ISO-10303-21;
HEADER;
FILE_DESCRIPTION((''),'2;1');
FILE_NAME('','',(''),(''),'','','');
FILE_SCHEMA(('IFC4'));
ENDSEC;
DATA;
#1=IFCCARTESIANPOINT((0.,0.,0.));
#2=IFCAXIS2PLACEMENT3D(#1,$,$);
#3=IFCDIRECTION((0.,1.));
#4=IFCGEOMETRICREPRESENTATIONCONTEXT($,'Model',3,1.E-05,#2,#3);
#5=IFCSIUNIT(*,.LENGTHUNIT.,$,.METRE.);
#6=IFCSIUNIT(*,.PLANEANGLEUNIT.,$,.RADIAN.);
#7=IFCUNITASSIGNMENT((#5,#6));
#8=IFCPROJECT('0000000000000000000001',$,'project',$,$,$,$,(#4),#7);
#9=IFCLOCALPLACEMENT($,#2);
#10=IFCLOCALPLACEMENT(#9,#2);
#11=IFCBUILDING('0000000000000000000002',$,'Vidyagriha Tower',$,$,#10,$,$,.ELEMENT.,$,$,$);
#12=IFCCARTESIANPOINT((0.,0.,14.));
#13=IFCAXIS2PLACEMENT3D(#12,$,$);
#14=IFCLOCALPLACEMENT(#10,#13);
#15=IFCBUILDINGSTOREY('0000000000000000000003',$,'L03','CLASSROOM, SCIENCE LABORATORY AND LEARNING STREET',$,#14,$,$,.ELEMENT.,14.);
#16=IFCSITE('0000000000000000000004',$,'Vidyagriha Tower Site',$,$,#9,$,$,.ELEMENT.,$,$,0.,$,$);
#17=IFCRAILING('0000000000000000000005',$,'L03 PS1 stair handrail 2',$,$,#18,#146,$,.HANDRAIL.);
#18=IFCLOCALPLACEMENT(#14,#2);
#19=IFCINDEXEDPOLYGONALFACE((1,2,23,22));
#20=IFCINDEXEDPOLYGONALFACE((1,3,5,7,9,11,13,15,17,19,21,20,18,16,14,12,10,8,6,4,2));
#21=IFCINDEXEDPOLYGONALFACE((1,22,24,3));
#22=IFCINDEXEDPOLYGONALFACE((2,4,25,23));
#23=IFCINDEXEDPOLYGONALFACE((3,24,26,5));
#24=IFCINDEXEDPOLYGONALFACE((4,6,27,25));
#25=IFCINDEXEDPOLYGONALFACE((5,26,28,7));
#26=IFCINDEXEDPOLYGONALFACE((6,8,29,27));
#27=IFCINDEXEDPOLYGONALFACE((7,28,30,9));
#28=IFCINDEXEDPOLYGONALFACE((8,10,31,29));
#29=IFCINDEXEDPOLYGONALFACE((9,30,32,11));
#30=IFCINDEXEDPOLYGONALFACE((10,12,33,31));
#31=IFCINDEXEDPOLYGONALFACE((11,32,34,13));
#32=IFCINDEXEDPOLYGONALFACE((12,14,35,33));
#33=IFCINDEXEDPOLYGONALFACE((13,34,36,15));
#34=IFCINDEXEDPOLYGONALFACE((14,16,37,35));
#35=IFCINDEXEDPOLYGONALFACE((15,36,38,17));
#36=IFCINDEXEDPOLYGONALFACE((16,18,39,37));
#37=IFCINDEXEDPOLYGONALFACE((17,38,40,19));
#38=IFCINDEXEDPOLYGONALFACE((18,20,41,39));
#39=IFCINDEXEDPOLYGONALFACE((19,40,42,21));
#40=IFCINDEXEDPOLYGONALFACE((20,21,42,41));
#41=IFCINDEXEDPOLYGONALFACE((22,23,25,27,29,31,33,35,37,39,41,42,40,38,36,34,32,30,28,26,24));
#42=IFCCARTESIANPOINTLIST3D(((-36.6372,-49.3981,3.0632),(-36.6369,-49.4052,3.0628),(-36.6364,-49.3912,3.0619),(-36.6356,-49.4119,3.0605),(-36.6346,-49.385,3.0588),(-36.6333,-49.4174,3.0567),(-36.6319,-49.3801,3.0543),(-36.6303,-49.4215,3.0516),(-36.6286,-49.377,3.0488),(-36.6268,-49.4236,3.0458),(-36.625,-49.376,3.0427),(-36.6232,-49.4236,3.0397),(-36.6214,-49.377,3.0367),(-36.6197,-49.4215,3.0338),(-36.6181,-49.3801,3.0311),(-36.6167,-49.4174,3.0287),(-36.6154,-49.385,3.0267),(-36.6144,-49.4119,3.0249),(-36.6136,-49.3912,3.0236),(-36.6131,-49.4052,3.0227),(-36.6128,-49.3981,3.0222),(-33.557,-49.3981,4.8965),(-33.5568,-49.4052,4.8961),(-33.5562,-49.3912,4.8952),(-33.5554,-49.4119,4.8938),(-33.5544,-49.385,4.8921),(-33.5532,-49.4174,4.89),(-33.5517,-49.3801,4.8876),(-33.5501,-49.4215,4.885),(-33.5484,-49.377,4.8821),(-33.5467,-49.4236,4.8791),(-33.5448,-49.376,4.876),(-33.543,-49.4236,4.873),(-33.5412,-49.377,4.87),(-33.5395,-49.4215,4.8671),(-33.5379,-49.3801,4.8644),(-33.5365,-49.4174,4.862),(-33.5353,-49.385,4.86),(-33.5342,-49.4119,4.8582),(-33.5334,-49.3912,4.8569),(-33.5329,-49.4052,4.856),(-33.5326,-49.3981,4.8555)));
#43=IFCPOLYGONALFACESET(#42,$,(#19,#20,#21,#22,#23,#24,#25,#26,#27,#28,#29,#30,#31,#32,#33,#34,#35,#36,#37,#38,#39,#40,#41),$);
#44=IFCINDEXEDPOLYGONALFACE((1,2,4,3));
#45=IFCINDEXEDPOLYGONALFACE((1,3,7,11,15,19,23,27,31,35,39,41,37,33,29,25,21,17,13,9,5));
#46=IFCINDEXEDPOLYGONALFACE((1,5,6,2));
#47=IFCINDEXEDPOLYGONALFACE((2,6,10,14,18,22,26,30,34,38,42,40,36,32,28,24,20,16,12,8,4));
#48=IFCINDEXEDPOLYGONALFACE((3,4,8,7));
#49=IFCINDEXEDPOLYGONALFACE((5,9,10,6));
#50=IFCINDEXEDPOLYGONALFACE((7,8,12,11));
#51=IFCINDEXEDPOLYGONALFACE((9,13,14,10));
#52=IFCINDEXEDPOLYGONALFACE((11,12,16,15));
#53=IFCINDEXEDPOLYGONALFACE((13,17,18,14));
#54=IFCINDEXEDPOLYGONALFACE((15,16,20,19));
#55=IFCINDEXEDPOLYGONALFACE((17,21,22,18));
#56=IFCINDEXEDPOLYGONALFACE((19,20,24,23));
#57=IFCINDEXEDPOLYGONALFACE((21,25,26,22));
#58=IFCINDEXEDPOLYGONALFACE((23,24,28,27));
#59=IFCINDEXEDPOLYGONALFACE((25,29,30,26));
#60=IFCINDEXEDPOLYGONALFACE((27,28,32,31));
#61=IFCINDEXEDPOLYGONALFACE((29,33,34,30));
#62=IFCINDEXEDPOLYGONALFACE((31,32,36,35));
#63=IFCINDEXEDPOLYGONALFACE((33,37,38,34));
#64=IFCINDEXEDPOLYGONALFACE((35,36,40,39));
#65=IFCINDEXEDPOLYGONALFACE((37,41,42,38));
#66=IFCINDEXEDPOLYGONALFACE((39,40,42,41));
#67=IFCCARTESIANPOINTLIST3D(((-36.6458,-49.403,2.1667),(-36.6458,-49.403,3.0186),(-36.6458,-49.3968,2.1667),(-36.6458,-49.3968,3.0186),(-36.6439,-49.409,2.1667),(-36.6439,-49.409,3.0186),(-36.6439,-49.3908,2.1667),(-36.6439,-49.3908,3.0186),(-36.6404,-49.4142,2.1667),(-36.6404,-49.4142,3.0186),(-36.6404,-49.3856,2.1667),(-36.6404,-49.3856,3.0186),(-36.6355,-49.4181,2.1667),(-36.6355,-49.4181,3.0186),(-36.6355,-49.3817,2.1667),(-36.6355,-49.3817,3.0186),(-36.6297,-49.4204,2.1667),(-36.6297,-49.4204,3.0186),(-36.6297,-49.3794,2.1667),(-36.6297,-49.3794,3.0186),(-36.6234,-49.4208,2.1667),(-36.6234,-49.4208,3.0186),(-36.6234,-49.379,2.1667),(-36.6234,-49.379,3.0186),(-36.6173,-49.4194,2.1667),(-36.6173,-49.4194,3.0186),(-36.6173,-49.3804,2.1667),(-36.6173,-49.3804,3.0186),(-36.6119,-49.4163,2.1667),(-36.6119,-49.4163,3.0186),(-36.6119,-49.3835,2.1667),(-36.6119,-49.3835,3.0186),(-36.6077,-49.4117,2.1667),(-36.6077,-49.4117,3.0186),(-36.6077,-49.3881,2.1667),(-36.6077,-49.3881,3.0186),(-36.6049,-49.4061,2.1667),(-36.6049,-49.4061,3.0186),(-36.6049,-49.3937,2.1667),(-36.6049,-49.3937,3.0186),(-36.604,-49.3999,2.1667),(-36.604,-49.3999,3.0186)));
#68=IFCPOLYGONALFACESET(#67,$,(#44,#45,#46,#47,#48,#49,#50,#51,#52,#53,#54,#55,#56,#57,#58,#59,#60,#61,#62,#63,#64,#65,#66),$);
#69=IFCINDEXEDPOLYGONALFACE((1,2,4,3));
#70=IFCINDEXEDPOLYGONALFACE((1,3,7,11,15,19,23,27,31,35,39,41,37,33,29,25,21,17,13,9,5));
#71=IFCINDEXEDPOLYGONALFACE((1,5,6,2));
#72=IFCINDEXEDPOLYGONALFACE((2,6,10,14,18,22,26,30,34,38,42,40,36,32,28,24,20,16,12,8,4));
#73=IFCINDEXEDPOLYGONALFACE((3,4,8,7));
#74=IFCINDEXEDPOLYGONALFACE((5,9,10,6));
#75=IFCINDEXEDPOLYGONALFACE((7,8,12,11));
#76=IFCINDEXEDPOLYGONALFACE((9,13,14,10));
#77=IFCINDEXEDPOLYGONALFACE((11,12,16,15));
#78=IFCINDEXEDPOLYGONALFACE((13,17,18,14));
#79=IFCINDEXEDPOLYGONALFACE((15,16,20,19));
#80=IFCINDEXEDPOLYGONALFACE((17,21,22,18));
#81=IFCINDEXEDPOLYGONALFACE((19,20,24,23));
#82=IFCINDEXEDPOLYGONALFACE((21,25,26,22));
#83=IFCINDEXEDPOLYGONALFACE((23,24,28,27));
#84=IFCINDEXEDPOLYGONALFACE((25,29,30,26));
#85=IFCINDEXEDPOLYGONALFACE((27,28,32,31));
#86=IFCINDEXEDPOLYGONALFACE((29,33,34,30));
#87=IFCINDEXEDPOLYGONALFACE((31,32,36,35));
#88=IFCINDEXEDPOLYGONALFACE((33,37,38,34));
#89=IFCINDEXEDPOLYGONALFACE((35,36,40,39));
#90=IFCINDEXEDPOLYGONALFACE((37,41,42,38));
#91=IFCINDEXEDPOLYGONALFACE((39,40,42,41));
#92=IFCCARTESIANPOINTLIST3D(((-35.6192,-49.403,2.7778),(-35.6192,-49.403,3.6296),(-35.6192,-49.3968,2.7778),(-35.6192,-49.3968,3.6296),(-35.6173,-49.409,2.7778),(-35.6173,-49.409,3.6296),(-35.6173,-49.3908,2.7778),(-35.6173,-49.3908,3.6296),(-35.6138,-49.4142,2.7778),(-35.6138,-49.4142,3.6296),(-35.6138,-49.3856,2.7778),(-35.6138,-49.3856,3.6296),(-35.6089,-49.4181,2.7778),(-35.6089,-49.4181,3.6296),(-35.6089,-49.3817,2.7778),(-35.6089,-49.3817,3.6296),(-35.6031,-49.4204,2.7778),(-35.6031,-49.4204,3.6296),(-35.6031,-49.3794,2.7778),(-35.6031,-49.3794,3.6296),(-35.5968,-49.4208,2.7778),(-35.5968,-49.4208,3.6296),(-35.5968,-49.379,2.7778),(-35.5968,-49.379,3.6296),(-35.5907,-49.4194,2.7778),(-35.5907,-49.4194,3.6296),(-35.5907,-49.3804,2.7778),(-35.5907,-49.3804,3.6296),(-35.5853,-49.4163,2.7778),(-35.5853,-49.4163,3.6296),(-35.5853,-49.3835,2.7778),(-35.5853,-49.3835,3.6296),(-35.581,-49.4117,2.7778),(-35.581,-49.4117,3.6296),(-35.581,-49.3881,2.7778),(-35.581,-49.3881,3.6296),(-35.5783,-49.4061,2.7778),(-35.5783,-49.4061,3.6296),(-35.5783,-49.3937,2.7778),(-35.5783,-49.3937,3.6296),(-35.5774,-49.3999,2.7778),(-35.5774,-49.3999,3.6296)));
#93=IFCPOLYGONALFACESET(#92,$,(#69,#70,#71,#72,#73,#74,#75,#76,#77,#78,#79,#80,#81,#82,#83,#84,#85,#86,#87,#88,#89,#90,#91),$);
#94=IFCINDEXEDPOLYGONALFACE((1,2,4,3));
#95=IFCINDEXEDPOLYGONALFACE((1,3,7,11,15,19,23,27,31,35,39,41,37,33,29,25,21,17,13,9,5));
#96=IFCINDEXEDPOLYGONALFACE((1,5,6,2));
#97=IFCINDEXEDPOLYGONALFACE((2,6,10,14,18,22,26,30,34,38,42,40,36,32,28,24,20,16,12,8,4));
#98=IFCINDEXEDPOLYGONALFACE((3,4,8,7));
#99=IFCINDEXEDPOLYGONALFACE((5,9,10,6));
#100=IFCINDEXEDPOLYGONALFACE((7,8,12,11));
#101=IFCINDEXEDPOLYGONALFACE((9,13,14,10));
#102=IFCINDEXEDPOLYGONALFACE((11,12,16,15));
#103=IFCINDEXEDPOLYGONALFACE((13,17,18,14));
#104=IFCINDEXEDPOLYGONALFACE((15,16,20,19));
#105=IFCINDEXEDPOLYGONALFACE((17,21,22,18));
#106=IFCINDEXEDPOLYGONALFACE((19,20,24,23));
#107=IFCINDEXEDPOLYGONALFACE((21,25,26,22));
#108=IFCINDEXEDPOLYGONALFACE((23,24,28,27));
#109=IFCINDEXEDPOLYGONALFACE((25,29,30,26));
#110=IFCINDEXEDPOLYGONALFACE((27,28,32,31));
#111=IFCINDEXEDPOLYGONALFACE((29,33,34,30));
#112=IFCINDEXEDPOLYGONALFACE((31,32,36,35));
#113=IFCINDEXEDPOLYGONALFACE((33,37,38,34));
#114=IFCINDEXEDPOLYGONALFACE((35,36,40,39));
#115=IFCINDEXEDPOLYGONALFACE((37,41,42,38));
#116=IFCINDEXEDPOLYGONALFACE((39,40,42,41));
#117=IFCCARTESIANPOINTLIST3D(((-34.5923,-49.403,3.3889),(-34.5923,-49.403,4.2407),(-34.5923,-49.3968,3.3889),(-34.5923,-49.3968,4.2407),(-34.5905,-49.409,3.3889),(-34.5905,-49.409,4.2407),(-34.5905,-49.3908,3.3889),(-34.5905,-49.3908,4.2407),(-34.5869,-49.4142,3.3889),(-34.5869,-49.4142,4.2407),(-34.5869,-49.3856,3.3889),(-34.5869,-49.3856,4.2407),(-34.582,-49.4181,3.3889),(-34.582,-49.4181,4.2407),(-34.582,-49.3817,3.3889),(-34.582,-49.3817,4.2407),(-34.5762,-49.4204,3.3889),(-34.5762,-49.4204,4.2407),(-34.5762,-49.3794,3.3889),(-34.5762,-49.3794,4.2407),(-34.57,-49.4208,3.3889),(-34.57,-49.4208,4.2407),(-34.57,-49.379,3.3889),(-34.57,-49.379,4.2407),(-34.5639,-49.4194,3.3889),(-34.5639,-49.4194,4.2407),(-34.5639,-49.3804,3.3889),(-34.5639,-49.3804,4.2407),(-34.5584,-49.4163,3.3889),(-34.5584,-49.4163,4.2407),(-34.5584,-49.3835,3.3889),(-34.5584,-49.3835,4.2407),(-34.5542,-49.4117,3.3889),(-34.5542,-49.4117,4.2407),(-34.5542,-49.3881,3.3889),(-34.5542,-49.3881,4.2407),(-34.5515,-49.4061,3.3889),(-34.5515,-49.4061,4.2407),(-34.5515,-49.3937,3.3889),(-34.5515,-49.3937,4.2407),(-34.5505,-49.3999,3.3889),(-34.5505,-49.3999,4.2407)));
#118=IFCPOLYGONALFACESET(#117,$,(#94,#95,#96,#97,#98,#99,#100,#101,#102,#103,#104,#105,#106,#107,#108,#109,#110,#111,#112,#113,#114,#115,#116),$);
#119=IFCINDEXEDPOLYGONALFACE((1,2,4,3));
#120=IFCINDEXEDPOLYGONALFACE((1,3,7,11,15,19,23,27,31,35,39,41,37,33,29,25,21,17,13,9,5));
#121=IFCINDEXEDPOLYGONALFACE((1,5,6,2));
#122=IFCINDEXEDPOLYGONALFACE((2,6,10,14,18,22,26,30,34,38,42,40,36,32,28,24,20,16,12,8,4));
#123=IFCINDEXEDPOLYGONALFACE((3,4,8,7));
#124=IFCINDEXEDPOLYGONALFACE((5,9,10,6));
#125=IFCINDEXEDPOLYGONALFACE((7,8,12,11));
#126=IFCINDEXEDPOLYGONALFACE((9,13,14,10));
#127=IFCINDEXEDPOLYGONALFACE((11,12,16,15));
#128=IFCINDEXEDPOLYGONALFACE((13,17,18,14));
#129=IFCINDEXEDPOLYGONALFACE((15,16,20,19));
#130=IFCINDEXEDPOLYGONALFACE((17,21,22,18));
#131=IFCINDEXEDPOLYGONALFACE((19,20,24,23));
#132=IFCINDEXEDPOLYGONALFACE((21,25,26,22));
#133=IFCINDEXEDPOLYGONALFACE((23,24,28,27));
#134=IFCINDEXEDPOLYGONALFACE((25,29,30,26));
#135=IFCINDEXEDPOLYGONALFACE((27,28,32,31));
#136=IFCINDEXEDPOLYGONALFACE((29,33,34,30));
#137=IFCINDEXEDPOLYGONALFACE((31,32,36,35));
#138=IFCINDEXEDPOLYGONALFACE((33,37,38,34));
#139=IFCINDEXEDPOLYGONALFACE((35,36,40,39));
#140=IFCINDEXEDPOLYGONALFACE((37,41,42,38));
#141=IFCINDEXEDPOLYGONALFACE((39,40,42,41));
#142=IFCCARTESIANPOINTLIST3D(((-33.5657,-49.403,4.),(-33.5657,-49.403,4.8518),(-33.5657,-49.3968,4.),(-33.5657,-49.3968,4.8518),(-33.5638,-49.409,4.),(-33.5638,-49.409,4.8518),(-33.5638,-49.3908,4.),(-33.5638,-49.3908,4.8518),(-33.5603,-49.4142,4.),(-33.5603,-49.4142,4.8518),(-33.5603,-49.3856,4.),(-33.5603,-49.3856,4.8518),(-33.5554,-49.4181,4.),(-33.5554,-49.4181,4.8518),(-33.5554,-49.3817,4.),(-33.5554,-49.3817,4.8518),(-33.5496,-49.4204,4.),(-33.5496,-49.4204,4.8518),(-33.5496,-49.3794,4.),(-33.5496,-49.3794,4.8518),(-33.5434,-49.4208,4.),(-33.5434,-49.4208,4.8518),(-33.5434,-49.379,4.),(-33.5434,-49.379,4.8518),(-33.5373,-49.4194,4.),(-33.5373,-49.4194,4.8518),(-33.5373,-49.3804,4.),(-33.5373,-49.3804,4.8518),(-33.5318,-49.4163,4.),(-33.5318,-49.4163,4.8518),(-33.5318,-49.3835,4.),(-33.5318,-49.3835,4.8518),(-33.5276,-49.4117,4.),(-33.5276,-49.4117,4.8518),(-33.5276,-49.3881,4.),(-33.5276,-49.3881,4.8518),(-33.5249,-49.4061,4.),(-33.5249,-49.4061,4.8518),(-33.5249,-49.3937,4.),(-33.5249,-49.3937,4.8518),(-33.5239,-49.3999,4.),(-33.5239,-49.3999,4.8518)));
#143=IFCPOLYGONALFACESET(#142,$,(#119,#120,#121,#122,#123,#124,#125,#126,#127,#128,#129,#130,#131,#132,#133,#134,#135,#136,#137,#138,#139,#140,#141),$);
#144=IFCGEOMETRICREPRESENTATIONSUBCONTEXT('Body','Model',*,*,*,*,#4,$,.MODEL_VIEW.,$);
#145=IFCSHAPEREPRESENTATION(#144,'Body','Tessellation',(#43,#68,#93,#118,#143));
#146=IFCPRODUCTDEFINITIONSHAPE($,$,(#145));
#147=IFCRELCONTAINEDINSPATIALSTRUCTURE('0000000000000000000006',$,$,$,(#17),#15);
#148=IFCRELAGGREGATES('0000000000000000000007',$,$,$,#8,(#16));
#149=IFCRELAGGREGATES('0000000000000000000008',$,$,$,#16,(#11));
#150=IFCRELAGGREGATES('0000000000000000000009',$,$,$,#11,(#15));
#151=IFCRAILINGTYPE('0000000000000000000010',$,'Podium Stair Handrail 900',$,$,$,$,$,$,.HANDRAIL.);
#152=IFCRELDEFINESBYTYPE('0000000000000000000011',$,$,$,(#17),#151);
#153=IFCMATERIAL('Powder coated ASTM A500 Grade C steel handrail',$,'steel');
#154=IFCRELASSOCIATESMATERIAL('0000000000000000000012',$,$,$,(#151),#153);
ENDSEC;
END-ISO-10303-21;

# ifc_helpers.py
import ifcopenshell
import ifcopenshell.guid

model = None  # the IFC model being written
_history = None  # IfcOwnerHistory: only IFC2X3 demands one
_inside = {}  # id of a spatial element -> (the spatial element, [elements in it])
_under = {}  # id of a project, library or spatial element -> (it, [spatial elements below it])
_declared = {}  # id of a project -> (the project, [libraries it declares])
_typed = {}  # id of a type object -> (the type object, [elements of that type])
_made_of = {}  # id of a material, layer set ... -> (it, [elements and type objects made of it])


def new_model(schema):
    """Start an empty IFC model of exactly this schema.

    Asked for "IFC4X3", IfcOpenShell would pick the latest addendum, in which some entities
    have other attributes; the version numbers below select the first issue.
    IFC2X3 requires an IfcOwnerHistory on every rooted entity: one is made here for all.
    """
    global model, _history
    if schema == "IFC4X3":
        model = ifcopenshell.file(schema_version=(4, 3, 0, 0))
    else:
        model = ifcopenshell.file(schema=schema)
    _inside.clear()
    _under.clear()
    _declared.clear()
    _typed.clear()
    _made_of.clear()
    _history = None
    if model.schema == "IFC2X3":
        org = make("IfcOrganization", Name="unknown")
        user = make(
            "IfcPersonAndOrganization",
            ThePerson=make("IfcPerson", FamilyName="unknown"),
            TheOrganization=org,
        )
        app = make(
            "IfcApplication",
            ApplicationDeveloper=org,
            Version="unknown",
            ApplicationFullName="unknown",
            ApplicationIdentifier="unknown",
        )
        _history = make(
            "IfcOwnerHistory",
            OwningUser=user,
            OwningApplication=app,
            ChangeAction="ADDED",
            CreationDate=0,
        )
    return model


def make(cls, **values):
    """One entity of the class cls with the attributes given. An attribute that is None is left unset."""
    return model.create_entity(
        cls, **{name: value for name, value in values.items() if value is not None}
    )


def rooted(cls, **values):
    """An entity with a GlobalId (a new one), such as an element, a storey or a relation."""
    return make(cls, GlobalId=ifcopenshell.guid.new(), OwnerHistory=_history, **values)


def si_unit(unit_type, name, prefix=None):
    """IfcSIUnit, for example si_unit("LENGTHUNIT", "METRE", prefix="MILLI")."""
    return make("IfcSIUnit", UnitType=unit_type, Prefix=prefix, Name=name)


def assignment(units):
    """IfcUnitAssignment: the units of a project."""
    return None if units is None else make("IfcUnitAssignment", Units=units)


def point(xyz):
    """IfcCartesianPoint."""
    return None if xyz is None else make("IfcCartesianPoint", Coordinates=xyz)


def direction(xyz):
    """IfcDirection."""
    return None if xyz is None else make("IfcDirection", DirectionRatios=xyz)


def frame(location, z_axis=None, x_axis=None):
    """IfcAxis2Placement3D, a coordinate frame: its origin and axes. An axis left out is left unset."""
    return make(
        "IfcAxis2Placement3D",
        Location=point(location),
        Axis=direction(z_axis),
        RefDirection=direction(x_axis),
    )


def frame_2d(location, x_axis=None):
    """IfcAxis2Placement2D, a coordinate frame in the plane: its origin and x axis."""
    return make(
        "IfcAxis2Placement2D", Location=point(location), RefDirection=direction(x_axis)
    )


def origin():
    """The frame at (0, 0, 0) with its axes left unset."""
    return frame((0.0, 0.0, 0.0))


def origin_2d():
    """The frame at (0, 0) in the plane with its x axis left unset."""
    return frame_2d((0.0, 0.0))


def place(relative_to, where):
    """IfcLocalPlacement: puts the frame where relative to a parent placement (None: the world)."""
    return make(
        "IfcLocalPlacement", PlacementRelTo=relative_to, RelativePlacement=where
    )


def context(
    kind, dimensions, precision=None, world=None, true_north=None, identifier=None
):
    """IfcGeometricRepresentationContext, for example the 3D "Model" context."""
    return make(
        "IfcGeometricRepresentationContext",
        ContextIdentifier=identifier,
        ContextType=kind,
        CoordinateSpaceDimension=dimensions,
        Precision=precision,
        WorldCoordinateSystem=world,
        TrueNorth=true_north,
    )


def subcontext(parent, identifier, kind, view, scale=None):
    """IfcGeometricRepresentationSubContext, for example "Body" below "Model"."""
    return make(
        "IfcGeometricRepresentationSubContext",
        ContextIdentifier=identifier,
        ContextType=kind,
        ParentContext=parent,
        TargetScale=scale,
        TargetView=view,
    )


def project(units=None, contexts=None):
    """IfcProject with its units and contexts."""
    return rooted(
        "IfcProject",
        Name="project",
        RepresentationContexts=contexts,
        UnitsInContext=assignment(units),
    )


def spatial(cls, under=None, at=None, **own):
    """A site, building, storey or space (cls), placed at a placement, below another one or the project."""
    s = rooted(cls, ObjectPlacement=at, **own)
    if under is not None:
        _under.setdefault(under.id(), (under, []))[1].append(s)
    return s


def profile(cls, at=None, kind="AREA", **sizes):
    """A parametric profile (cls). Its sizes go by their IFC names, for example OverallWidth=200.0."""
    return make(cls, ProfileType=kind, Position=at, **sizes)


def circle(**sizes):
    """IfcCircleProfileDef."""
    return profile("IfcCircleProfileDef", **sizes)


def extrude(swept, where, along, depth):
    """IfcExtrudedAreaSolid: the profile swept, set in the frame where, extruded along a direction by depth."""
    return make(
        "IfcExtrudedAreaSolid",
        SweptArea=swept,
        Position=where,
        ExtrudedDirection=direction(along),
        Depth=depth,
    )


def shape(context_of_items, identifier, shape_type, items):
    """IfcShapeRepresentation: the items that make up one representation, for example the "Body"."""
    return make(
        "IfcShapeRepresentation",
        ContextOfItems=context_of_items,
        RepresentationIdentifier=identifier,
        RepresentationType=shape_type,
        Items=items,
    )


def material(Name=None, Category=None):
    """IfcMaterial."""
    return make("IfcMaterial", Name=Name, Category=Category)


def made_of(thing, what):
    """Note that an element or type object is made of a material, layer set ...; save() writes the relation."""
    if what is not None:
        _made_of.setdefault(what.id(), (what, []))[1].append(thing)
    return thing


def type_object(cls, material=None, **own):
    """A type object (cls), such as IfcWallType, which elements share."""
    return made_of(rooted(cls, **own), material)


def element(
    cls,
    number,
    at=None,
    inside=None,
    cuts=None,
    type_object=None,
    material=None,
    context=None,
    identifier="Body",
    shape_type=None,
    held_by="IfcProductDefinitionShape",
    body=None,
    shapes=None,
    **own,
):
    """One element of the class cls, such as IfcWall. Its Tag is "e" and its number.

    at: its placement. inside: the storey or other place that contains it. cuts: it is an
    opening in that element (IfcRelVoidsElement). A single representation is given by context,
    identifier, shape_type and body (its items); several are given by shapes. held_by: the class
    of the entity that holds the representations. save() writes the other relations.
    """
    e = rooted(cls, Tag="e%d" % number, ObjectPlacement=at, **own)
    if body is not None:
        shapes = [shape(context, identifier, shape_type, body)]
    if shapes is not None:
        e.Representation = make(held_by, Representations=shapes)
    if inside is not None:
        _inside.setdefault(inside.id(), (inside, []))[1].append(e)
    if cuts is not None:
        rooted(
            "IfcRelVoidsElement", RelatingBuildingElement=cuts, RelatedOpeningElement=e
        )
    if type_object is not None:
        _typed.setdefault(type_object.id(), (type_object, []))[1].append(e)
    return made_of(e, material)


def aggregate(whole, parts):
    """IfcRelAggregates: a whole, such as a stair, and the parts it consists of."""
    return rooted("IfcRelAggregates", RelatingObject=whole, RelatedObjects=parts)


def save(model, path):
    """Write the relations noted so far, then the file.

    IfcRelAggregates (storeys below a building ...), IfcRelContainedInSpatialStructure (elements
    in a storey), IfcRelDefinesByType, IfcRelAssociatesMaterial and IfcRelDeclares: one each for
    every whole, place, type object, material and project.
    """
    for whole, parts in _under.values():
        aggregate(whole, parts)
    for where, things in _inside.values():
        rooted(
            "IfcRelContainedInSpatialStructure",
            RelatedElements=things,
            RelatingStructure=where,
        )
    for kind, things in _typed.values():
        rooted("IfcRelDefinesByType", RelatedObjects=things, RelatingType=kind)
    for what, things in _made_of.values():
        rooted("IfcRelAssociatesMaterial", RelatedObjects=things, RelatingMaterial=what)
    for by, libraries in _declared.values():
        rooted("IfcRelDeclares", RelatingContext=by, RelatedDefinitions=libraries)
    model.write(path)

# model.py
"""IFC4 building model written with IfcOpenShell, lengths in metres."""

from ifc_helpers import new_model, si_unit, direction, frame, origin, origin_2d, place, context, subcontext, project, spatial, circle, extrude, material, type_object, element, save


model = new_model("IFC4")

# Units and contexts
model_context = context("Model", 3, precision=1e-05, world=origin(), true_north=direction((0.0, 1.0)))
body_context = subcontext(model_context, "Body", "Model", "MODEL_VIEW")
ifc_project = project(units=[si_unit("LENGTHUNIT", "METRE"), si_unit("PLANEANGLEUNIT", "RADIAN")], contexts=[model_context])

# Site, building, storey
site_placement = place(None, origin())
site = spatial("IfcSite", under=ifc_project, at=site_placement, Name="Vidyagriha Tower Site", CompositionType="ELEMENT", RefElevation=0.0)
building_placement = place(site_placement, origin())
building = spatial("IfcBuilding", under=site, at=building_placement, Name="Vidyagriha Tower", CompositionType="ELEMENT")
storey_placement = place(building_placement, frame((0.0, 0.0, 14.0)))
storey = spatial("IfcBuildingStorey", under=building, at=storey_placement, Name="L03", Description="CLASSROOM, SCIENCE LABORATORY AND LEARNING STREET", CompositionType="ELEMENT", Elevation=14.0)

# Railing
ifc_material_1 = material(Name="Powder coated ASTM A500 Grade C steel handrail", Category="steel")
railing_type_1 = type_object("IfcRailingType", Name="Podium Stair Handrail 900", PredefinedType="HANDRAIL", material=ifc_material_1)
railing_1_placement = place(storey_placement, frame((-36.625, -49.3999, 2.1667)))
element("IfcRailing", 1, at=railing_1_placement, inside=storey, type_object=railing_type_1, Name="L03 PS1 stair handrail 2", PredefinedType="HANDRAIL", context=body_context, shape_type="SweptSolid", body=[
    extrude(circle(Radius=0.0239, at=origin_2d()), frame((0.0, 0.0, 0.876), z_axis=(0.859309, 0.0, 0.511458), x_axis=(0.0, 1.0, 0.0)), (0.0, 0.0, 1.0), 3.5845),
    extrude(circle(Radius=0.021, at=origin_2d()), origin(), (0.0, 0.0, 1.0), 0.8518),
    extrude(circle(Radius=0.021, at=origin_2d()), frame((1.0266, 0.0, 0.6111)), (0.0, 0.0, 1.0), 0.8518),
    extrude(circle(Radius=0.021, at=origin_2d()), frame((2.0535, 0.0, 1.2222)), (0.0, 0.0, 1.0), 0.8518),
    extrude(circle(Radius=0.021, at=origin_2d()), frame((3.0801, 0.0, 1.8333)), (0.0, 0.0, 1.0), 0.8518),
])

save(model, "model.ifc")
